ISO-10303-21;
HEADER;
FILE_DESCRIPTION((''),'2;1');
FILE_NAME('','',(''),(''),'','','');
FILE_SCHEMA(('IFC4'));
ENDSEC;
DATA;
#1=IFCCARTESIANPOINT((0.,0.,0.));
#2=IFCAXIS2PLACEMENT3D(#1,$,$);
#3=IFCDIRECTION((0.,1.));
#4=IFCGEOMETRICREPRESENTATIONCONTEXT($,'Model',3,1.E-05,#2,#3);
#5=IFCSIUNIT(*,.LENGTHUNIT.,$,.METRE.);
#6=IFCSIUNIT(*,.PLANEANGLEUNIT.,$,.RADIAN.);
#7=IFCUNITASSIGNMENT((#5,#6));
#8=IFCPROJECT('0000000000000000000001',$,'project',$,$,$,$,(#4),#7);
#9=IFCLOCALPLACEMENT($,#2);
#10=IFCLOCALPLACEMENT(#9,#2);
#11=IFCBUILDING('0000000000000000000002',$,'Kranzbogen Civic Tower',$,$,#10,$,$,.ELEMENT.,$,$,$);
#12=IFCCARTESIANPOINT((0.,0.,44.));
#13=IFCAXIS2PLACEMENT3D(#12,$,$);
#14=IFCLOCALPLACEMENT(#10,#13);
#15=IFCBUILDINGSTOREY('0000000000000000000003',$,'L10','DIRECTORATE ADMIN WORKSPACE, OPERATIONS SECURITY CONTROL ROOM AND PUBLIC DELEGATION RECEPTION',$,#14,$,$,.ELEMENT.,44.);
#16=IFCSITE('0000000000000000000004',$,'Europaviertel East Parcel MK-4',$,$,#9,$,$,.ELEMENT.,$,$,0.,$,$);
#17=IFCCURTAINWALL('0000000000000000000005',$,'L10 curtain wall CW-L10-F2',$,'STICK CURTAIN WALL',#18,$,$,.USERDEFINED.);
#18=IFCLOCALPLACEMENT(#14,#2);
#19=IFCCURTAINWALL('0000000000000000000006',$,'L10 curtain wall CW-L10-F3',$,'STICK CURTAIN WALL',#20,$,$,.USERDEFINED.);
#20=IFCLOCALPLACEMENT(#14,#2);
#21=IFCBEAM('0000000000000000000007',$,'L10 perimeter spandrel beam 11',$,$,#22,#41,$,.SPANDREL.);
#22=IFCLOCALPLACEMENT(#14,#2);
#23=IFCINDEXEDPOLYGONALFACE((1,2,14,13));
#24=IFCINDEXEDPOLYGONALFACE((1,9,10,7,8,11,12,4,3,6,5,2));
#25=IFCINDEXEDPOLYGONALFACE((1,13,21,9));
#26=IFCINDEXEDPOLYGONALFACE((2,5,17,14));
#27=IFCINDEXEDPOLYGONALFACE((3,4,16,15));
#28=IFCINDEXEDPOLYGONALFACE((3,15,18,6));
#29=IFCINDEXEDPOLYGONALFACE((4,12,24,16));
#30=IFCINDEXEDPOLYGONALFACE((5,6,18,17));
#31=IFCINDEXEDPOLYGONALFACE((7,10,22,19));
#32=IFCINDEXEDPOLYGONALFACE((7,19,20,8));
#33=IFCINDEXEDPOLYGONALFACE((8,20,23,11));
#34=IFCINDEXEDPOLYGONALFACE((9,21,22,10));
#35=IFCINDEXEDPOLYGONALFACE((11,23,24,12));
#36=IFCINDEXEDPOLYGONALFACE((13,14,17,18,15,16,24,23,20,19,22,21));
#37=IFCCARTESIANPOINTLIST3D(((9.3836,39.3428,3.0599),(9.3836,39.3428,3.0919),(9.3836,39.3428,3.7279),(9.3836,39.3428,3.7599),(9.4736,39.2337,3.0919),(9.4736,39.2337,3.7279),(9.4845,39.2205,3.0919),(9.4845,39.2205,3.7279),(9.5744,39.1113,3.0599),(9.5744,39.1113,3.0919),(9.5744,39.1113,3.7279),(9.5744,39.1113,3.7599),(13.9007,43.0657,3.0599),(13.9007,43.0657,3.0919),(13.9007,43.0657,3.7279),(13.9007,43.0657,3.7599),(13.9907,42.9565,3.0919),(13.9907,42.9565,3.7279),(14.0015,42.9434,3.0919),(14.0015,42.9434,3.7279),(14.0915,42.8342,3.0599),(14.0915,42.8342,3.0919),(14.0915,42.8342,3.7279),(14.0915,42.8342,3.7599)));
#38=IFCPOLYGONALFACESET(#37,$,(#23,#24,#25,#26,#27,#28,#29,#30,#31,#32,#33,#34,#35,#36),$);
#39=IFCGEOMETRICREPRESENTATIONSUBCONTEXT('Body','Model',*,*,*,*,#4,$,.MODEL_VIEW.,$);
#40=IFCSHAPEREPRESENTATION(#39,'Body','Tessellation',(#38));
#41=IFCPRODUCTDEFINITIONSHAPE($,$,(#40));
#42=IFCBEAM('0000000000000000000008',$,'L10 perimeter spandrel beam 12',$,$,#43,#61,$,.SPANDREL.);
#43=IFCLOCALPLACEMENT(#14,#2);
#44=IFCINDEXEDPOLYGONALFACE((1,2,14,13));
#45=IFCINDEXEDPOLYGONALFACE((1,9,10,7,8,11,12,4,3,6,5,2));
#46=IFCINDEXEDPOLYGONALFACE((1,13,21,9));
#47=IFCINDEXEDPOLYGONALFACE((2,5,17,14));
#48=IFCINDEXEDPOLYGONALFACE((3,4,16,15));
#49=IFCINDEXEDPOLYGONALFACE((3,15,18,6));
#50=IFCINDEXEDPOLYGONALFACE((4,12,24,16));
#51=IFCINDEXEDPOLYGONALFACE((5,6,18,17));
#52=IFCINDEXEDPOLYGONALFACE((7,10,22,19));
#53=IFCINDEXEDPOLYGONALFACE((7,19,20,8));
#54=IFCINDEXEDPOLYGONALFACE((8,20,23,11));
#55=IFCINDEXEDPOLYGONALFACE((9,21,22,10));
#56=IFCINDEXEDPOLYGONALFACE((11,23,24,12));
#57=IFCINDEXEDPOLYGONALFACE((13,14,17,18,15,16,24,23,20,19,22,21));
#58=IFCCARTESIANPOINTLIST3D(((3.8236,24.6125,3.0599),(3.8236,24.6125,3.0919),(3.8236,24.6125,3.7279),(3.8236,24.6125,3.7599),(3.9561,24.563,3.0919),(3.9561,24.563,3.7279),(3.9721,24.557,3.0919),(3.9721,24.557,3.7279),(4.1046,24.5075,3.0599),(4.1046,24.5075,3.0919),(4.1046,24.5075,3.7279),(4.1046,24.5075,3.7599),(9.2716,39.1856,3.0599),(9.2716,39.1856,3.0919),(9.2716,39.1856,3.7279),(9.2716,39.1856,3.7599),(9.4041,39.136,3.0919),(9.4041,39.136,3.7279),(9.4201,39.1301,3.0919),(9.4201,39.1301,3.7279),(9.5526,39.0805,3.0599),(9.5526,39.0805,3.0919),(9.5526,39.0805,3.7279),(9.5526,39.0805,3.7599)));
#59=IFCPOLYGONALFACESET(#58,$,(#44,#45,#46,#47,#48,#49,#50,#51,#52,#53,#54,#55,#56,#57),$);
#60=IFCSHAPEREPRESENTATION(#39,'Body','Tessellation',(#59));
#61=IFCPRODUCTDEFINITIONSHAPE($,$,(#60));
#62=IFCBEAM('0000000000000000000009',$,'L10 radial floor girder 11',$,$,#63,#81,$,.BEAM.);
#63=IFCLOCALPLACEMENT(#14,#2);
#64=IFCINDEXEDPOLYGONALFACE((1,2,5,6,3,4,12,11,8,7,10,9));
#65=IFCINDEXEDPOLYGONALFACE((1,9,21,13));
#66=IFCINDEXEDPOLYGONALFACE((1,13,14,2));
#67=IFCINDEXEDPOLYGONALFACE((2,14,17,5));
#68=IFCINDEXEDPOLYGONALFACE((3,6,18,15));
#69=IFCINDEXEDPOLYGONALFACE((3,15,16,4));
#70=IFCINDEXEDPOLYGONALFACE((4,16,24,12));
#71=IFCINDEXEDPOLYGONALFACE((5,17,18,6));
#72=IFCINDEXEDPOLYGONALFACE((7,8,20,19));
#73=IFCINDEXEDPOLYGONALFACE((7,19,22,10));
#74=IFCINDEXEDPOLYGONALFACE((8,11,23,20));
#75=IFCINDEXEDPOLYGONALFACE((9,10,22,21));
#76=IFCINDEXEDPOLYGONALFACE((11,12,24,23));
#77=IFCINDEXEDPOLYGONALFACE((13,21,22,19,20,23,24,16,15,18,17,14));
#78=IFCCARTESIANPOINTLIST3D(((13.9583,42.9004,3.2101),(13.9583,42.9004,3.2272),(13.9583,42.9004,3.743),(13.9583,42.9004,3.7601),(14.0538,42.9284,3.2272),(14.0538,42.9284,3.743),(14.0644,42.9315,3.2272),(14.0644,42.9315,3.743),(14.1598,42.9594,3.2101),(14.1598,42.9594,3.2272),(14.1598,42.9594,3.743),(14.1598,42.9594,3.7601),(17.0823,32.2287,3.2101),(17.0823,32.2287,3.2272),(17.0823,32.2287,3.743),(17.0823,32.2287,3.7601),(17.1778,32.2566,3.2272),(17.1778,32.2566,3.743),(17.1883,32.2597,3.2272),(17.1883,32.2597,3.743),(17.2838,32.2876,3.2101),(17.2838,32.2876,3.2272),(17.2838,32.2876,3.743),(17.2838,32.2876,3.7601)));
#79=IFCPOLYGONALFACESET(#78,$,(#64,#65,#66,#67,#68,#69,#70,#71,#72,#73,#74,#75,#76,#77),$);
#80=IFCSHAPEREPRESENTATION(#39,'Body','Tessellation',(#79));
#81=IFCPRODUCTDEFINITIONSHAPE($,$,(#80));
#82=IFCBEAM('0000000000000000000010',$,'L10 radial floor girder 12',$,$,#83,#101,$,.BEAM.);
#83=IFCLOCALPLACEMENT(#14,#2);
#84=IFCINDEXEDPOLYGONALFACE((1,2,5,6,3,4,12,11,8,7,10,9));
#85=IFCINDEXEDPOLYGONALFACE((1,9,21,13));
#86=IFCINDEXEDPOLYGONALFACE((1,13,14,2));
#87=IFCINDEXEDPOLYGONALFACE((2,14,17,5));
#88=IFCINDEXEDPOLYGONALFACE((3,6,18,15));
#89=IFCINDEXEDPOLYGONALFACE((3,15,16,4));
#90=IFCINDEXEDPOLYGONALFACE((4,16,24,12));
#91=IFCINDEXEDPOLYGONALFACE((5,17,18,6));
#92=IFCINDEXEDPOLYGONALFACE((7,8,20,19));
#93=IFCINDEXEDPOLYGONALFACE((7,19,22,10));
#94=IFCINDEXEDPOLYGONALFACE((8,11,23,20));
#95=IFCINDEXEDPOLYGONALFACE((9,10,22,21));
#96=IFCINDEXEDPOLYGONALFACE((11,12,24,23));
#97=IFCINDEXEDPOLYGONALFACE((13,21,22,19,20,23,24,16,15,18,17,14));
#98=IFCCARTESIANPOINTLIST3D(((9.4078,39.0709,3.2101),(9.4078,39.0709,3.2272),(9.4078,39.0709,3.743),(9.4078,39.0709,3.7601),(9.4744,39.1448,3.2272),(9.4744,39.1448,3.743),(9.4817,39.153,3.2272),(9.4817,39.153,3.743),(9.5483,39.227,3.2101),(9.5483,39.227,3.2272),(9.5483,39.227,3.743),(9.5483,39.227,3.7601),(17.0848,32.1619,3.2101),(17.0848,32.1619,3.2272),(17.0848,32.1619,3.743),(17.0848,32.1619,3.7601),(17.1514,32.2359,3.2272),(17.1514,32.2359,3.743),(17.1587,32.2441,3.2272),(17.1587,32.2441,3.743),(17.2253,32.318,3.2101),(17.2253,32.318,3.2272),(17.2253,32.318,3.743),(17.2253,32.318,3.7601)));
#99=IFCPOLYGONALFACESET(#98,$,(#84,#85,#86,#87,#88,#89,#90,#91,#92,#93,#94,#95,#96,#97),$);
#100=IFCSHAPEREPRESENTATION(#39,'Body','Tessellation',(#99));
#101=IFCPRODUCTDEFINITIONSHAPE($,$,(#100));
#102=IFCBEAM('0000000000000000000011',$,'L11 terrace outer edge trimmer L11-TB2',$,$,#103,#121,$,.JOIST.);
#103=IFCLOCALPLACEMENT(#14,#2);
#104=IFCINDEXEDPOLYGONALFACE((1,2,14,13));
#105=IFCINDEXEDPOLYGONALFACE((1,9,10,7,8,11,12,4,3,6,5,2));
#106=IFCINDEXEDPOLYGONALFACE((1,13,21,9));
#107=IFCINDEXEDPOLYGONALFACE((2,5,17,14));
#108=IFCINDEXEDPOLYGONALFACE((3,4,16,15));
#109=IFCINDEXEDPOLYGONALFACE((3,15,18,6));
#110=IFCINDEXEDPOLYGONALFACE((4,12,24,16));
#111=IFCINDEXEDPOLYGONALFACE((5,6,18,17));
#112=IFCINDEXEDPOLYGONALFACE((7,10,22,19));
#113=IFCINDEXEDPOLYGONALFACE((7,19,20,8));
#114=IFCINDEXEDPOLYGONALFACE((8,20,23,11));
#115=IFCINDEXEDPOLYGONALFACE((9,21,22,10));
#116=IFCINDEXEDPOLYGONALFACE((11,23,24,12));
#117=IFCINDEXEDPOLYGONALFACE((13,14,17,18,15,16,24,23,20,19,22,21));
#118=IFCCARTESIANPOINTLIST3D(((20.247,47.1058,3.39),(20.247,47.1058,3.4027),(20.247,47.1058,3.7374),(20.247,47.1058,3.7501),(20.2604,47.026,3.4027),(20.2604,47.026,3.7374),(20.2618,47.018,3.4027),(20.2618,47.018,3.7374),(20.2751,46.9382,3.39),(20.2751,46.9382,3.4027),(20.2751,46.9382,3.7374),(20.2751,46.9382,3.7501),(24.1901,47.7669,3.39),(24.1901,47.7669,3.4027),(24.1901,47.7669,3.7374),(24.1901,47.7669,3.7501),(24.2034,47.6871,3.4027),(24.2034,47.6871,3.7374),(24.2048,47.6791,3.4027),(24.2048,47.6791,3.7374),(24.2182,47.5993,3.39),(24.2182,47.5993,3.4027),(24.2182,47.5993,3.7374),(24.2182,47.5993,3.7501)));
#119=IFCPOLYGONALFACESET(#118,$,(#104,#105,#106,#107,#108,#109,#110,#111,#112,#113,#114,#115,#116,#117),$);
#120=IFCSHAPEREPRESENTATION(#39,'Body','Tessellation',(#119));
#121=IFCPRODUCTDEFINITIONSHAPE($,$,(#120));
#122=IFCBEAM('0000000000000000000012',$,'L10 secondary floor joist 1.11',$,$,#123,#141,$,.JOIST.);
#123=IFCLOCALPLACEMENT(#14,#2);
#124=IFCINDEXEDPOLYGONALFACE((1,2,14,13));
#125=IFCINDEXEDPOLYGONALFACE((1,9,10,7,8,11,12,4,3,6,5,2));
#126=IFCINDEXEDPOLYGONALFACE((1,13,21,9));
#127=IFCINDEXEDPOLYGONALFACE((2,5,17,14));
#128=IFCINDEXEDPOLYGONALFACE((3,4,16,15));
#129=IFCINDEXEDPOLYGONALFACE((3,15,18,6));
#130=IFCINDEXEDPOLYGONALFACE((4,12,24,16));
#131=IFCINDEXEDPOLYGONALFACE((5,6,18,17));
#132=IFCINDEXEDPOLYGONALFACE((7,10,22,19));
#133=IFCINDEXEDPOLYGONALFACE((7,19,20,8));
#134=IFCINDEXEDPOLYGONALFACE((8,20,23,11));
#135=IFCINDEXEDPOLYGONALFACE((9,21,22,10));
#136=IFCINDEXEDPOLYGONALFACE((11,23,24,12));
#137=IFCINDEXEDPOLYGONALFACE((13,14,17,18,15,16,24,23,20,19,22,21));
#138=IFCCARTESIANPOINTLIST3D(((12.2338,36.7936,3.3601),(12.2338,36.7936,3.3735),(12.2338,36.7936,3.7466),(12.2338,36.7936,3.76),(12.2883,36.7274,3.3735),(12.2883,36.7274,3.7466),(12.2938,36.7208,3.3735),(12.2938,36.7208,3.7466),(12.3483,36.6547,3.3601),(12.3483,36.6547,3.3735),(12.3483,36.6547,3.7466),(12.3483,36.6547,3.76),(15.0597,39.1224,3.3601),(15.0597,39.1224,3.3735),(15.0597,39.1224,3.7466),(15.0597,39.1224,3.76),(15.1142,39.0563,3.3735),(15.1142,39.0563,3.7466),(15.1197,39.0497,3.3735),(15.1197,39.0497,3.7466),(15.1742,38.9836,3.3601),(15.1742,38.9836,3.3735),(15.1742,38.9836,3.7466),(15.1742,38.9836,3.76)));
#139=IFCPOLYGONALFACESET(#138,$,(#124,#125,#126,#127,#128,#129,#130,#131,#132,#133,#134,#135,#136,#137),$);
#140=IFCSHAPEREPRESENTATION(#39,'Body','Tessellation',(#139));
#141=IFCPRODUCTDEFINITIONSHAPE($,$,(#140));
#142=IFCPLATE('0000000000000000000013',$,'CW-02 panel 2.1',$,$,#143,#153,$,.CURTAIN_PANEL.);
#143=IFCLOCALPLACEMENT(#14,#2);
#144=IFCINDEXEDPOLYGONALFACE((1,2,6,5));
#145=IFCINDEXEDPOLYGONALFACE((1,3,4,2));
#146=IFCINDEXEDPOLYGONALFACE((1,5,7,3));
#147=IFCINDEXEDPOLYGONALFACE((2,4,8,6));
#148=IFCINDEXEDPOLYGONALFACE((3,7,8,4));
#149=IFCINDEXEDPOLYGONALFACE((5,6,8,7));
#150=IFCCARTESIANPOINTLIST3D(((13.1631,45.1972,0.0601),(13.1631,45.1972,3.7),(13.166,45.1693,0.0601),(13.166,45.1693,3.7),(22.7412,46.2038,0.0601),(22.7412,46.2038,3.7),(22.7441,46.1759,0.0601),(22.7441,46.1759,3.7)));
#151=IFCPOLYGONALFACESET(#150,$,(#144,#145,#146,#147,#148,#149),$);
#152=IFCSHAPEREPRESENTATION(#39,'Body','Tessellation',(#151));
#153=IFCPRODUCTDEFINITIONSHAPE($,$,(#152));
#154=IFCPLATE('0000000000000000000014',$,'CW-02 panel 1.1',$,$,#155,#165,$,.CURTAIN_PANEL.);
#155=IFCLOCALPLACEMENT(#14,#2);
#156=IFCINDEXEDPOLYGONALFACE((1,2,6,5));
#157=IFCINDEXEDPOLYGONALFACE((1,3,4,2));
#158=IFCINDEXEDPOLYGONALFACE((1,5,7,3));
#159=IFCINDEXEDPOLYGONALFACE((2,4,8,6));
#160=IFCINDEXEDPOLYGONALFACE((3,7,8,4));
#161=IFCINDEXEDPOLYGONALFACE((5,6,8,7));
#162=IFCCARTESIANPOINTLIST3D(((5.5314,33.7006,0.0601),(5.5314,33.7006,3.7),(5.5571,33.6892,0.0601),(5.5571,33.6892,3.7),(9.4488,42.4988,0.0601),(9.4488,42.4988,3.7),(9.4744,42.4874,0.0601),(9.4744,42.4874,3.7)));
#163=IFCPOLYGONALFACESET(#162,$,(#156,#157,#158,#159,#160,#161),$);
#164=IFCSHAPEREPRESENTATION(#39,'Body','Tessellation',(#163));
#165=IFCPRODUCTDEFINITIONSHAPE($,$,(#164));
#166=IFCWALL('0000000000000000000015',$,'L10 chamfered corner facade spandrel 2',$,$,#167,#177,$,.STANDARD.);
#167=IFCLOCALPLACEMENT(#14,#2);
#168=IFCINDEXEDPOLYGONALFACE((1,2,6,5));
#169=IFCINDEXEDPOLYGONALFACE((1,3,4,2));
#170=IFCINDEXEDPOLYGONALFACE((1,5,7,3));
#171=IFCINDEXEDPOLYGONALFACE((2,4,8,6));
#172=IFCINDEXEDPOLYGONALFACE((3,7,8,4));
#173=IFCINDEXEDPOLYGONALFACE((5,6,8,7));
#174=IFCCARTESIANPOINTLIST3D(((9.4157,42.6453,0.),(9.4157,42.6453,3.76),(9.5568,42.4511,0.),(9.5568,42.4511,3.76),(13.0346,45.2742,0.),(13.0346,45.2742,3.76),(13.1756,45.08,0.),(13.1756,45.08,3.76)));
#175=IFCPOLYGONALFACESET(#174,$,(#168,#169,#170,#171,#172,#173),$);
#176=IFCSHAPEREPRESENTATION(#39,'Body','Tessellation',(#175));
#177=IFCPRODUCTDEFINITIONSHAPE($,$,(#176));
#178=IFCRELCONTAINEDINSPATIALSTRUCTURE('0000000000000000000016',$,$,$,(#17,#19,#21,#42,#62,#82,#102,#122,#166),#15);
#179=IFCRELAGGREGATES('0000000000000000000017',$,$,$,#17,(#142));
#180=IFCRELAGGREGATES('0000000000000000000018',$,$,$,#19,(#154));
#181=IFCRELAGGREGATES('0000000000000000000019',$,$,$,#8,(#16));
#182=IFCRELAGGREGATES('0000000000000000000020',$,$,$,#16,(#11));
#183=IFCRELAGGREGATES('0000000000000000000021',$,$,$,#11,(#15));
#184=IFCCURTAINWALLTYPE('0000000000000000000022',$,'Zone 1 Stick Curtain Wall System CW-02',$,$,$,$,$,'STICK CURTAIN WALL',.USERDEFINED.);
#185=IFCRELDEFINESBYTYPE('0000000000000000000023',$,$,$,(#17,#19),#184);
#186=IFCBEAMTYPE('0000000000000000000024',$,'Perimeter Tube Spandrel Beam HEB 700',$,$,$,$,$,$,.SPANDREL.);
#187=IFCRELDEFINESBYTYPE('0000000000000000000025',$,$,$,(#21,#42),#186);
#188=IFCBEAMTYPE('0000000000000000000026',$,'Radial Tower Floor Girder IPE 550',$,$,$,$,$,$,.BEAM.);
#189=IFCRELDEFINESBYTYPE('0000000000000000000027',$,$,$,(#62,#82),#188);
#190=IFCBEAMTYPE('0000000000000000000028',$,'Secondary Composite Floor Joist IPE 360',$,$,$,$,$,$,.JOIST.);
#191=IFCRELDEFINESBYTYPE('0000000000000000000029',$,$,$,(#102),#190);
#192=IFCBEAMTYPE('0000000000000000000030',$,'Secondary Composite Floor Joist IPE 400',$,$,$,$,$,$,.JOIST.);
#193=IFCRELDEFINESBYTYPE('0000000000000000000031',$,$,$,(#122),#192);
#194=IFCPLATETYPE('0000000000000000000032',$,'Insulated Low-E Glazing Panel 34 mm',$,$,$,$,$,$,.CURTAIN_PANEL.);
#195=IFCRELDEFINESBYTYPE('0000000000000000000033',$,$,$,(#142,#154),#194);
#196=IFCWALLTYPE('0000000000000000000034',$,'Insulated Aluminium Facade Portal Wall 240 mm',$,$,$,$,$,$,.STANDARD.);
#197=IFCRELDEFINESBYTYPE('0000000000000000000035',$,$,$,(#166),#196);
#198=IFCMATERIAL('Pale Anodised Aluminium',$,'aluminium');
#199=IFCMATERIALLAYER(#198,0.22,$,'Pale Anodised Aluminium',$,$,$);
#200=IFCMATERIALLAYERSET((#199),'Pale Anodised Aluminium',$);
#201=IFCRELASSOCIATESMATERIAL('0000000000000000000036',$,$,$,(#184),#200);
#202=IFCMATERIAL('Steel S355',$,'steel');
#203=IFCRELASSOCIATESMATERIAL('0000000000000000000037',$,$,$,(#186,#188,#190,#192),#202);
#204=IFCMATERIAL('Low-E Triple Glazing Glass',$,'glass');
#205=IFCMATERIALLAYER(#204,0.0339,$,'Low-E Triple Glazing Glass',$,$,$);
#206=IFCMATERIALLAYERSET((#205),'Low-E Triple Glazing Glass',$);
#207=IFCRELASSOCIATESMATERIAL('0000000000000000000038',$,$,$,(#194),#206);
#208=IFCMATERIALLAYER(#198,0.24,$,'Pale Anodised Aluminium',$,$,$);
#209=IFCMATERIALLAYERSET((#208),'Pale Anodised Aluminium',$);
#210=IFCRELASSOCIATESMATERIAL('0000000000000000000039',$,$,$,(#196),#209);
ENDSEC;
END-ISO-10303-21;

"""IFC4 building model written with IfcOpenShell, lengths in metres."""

from ifc_helpers import new_model, si_unit, direction, frame, frame_2d, origin, origin_2d, place, context, subcontext, project, spatial, rectangle, i_section, extrude, material, layer, layer_set, material_profile, profile_set, type_object, element, aggregate, save


model = new_model("IFC4")

# Units and contexts
model_context = context("Model", 3, precision=1e-05, world=origin(), true_north=direction((0.0, 1.0)))
body_context = subcontext(model_context, "Body", "Model", "MODEL_VIEW")
ifc_project = project(units=[si_unit("LENGTHUNIT", "METRE"), si_unit("PLANEANGLEUNIT", "RADIAN")], contexts=[model_context])

# Site, building, storey
site_placement = place(None, origin())
site = spatial("IfcSite", under=ifc_project, at=site_placement, Name="Europaviertel East Parcel MK-4", CompositionType="ELEMENT", RefElevation=0.0)
building_placement = place(site_placement, origin())
building = spatial("IfcBuilding", under=site, at=building_placement, Name="Kranzbogen Civic Tower", CompositionType="ELEMENT")
storey_placement = place(building_placement, frame((0.0, 0.0, 44.0)))
storey = spatial("IfcBuildingStorey", under=building, at=storey_placement, Name="L10", Description="DIRECTORATE ADMIN WORKSPACE, OPERATIONS SECURITY CONTROL ROOM AND PUBLIC DELEGATION RECEPTION", CompositionType="ELEMENT", Elevation=44.0)

# Shared definitions
ifc_material_1 = material(Name="Steel S355", Category="steel")

# Curtain wall
ifc_material_2 = material(Name="Pale Anodised Aluminium", Category="aluminium")
ifc_layer_1 = layer(ifc_material_2, 0.22, Name="Pale Anodised Aluminium")
ifc_layer_set_1 = layer_set([ifc_layer_1], Name="Pale Anodised Aluminium")
curtain_wall_type = type_object("IfcCurtainWallType", Name="Zone 1 Stick Curtain Wall System CW-02", ElementType="STICK CURTAIN WALL", PredefinedType="USERDEFINED", material=ifc_layer_set_1)
curtain_wall_1_placement = place(storey_placement, origin())
curtain_wall_1 = element("IfcCurtainWall", 1, at=curtain_wall_1_placement, inside=storey, type_object=curtain_wall_type, Name="L10 curtain wall CW-L10-F2", ObjectType="STICK CURTAIN WALL", PredefinedType="USERDEFINED")

# Curtain wall
curtain_wall_2_placement = place(storey_placement, origin())
curtain_wall_2 = element("IfcCurtainWall", 2, at=curtain_wall_2_placement, inside=storey, type_object=curtain_wall_type, Name="L10 curtain wall CW-L10-F3", ObjectType="STICK CURTAIN WALL", PredefinedType="USERDEFINED")

# Beams
ifc_material_profile_1 = material_profile(ifc_material_1, i_section(OverallWidth=0.3, OverallDepth=0.7, WebThickness=0.0171, FlangeThickness=0.032, at=origin_2d()), Name="HEB 700")
ifc_profile_set_1 = profile_set([ifc_material_profile_1], Name="Steel S355")
beam_type_1 = type_object("IfcBeamType", Name="Perimeter Tube Spandrel Beam HEB 700", PredefinedType="SPANDREL", material=ifc_profile_set_1)
beam_1_placement = place(storey_placement, frame((13.9961, 42.95, 3.4099), z_axis=(-0.771683, -0.636007, 0.0), x_axis=(0.636007, -0.771683, 0.0)))
element("IfcBeam", 3, at=beam_1_placement, inside=storey, type_object=beam_type_1, Name="L10 perimeter spandrel beam 11", PredefinedType="SPANDREL", context=body_context, shape_type="SweptSolid", body=[
    extrude(i_section(OverallWidth=0.3, OverallDepth=0.7, WebThickness=0.0171, FlangeThickness=0.032, at=origin_2d()), origin(), (0.0, 0.0, 1.0), 5.8535),
])
beam_2_placement = place(storey_placement, frame((9.4121, 39.1331, 3.4099), z_axis=(-0.350172, -0.936685, 0.0), x_axis=(0.936685, -0.350172, 0.0)))
element("IfcBeam", 4, at=beam_2_placement, inside=storey, type_object=beam_type_1, Name="L10 perimeter spandrel beam 12", PredefinedType="SPANDREL", context=body_context, shape_type="SweptSolid", body=[
    extrude(i_section(OverallWidth=0.3, OverallDepth=0.7, WebThickness=0.0171, FlangeThickness=0.032, at=origin_2d()), origin(), (0.0, 0.0, 1.0), 15.5581),
])
ifc_material_profile_2 = material_profile(ifc_material_1, i_section(OverallWidth=0.21, OverallDepth=0.55, WebThickness=0.011, FlangeThickness=0.0171, at=origin_2d()), Name="IPE 550")
ifc_profile_set_2 = profile_set([ifc_material_profile_2], Name="Steel S355")
beam_type_2 = type_object("IfcBeamType", Name="Radial Tower Floor Girder IPE 550", PredefinedType="BEAM", material=ifc_profile_set_2)
beam_3_placement = place(storey_placement, frame((14.0591, 42.9299, 3.4851), z_axis=(0.280944, -0.959724, 0.0), x_axis=(0.959724, 0.280944, 0.0)))
element("IfcBeam", 5, at=beam_3_placement, inside=storey, type_object=beam_type_2, Name="L10 radial floor girder 11", PredefinedType="BEAM", context=body_context, shape_type="SweptSolid", body=[
    extrude(i_section(OverallWidth=0.21, OverallDepth=0.55, WebThickness=0.011, FlangeThickness=0.0171, at=origin_2d()), origin(), (0.0, 0.0, 1.0), 11.1196),
])
beam_4_placement = place(storey_placement, frame((9.478, 39.1489, 3.4851), z_axis=(0.743312, -0.668945, 0.0), x_axis=(0.668945, 0.743312, 0.0)))
element("IfcBeam", 6, at=beam_4_placement, inside=storey, type_object=beam_type_2, Name="L10 radial floor girder 12", PredefinedType="BEAM", context=body_context, shape_type="SweptSolid", body=[
    extrude(i_section(OverallWidth=0.21, OverallDepth=0.55, WebThickness=0.011, FlangeThickness=0.0171, at=origin_2d()), origin(), (0.0, 0.0, 1.0), 10.3281),
])
ifc_material_profile_3 = material_profile(ifc_material_1, i_section(OverallWidth=0.1699, OverallDepth=0.3601, WebThickness=0.0081, FlangeThickness=0.0127, at=origin_2d()), Name="IPE 360")
ifc_profile_set_3 = profile_set([ifc_material_profile_3], Name="Steel S355")
beam_type_3 = type_object("IfcBeamType", Name="Secondary Composite Floor Joist IPE 360", PredefinedType="JOIST", material=ifc_profile_set_3)
beam_5_placement = place(storey_placement, frame((24.2041, 47.6831, 3.5701), z_axis=(-0.986233, -0.165359, 0.0), x_axis=(0.165359, -0.986233, 0.0)))
element("IfcBeam", 7, at=beam_5_placement, inside=storey, type_object=beam_type_3, Name="L11 terrace outer edge trimmer L11-TB2", PredefinedType="JOIST", context=body_context, shape_type="SweptSolid", body=[
    extrude(i_section(OverallWidth=0.1699, OverallDepth=0.3601, WebThickness=0.0081, FlangeThickness=0.0127, at=origin_2d()), origin(), (0.0, 0.0, 1.0), 3.998),
])
ifc_material_profile_4 = material_profile(ifc_material_1, i_section(OverallWidth=0.1799, OverallDepth=0.3999, WebThickness=0.0085, FlangeThickness=0.0134, at=origin_2d()), Name="IPE 400")
ifc_profile_set_4 = profile_set([ifc_material_profile_4], Name="Steel S355")
beam_type_4 = type_object("IfcBeamType", Name="Secondary Composite Floor Joist IPE 400", PredefinedType="JOIST", material=ifc_profile_set_4)
beam_6_placement = place(storey_placement, frame((15.1169, 39.053, 3.5601), z_axis=(-0.771713, -0.635971, 0.0), x_axis=(0.635971, -0.771713, 0.0)))
element("IfcBeam", 8, at=beam_6_placement, inside=storey, type_object=beam_type_4, Name="L10 secondary floor joist 1.11", PredefinedType="JOIST", context=body_context, shape_type="SweptSolid", body=[
    extrude(i_section(OverallWidth=0.1799, OverallDepth=0.3999, WebThickness=0.0085, FlangeThickness=0.0134, at=origin_2d()), origin(), (0.0, 0.0, 1.0), 3.6619),
])

# Plates
ifc_material_3 = material(Name="Low-E Triple Glazing Glass", Category="glass")
ifc_layer_2 = layer(ifc_material_3, 0.0339, Name="Low-E Triple Glazing Glass")
ifc_layer_set_2 = layer_set([ifc_layer_2], Name="Low-E Triple Glazing Glass")
plate_type = type_object("IfcPlateType", Name="Insulated Low-E Glazing Panel 34 mm", PredefinedType="CURTAIN_PANEL", material=ifc_layer_set_2)
plate_1_placement = place(storey_placement, frame((17.9536, 45.6865, 0.0601), z_axis=(0.0, 0.0, 1.0), x_axis=(-0.994523, -0.104519, 0.0)))
plate_1 = element("IfcPlate", 9, at=plate_1_placement, type_object=plate_type, Name="CW-02 panel 2.1", PredefinedType="CURTAIN_PANEL", context=body_context, shape_type="SweptSolid", body=[
    extrude(rectangle(XDim=9.6309, YDim=0.0281, at=origin_2d()), origin(), (0.0, 0.0, 1.0), 3.6399),
])
aggregate(curtain_wall_1, [plate_1])
plate_2_placement = place(storey_placement, frame((7.5029, 38.094, 0.0601), z_axis=(0.0, 0.0, 1.0), x_axis=(-0.406749, -0.91354, 0.0)))
plate_2 = element("IfcPlate", 10, at=plate_2_placement, type_object=plate_type, Name="CW-02 panel 1.1", PredefinedType="CURTAIN_PANEL", context=body_context, shape_type="SweptSolid", body=[
    extrude(rectangle(XDim=9.6309, YDim=0.0281, at=origin_2d()), origin(), (0.0, 0.0, 1.0), 3.6399),
])
aggregate(curtain_wall_2, [plate_2])

# Wall
ifc_layer_3 = layer(ifc_material_2, 0.24, Name="Pale Anodised Aluminium")
ifc_layer_set_3 = layer_set([ifc_layer_3], Name="Pale Anodised Aluminium")
wall_type = type_object("IfcWallType", Name="Insulated Aluminium Facade Portal Wall 240 mm", PredefinedType="STANDARD", material=ifc_layer_set_3)
wall_placement = place(storey_placement, frame((13.105, 45.177, 0.0), z_axis=(0.0, 0.0, 1.0), x_axis=(-0.809057, -0.58773, 0.0)))
element("IfcWall", 11, at=wall_placement, inside=storey, type_object=wall_type, Name="L10 chamfered corner facade spandrel 2", PredefinedType="STANDARD", context=body_context, shape_type="SweptSolid", body=[
    extrude(rectangle(XDim=4.4729, YDim=0.24, at=frame_2d((2.2363, 0.0))), origin(), (0.0, 0.0, 1.0), 3.76),
])

save(model, "model.ifc")
